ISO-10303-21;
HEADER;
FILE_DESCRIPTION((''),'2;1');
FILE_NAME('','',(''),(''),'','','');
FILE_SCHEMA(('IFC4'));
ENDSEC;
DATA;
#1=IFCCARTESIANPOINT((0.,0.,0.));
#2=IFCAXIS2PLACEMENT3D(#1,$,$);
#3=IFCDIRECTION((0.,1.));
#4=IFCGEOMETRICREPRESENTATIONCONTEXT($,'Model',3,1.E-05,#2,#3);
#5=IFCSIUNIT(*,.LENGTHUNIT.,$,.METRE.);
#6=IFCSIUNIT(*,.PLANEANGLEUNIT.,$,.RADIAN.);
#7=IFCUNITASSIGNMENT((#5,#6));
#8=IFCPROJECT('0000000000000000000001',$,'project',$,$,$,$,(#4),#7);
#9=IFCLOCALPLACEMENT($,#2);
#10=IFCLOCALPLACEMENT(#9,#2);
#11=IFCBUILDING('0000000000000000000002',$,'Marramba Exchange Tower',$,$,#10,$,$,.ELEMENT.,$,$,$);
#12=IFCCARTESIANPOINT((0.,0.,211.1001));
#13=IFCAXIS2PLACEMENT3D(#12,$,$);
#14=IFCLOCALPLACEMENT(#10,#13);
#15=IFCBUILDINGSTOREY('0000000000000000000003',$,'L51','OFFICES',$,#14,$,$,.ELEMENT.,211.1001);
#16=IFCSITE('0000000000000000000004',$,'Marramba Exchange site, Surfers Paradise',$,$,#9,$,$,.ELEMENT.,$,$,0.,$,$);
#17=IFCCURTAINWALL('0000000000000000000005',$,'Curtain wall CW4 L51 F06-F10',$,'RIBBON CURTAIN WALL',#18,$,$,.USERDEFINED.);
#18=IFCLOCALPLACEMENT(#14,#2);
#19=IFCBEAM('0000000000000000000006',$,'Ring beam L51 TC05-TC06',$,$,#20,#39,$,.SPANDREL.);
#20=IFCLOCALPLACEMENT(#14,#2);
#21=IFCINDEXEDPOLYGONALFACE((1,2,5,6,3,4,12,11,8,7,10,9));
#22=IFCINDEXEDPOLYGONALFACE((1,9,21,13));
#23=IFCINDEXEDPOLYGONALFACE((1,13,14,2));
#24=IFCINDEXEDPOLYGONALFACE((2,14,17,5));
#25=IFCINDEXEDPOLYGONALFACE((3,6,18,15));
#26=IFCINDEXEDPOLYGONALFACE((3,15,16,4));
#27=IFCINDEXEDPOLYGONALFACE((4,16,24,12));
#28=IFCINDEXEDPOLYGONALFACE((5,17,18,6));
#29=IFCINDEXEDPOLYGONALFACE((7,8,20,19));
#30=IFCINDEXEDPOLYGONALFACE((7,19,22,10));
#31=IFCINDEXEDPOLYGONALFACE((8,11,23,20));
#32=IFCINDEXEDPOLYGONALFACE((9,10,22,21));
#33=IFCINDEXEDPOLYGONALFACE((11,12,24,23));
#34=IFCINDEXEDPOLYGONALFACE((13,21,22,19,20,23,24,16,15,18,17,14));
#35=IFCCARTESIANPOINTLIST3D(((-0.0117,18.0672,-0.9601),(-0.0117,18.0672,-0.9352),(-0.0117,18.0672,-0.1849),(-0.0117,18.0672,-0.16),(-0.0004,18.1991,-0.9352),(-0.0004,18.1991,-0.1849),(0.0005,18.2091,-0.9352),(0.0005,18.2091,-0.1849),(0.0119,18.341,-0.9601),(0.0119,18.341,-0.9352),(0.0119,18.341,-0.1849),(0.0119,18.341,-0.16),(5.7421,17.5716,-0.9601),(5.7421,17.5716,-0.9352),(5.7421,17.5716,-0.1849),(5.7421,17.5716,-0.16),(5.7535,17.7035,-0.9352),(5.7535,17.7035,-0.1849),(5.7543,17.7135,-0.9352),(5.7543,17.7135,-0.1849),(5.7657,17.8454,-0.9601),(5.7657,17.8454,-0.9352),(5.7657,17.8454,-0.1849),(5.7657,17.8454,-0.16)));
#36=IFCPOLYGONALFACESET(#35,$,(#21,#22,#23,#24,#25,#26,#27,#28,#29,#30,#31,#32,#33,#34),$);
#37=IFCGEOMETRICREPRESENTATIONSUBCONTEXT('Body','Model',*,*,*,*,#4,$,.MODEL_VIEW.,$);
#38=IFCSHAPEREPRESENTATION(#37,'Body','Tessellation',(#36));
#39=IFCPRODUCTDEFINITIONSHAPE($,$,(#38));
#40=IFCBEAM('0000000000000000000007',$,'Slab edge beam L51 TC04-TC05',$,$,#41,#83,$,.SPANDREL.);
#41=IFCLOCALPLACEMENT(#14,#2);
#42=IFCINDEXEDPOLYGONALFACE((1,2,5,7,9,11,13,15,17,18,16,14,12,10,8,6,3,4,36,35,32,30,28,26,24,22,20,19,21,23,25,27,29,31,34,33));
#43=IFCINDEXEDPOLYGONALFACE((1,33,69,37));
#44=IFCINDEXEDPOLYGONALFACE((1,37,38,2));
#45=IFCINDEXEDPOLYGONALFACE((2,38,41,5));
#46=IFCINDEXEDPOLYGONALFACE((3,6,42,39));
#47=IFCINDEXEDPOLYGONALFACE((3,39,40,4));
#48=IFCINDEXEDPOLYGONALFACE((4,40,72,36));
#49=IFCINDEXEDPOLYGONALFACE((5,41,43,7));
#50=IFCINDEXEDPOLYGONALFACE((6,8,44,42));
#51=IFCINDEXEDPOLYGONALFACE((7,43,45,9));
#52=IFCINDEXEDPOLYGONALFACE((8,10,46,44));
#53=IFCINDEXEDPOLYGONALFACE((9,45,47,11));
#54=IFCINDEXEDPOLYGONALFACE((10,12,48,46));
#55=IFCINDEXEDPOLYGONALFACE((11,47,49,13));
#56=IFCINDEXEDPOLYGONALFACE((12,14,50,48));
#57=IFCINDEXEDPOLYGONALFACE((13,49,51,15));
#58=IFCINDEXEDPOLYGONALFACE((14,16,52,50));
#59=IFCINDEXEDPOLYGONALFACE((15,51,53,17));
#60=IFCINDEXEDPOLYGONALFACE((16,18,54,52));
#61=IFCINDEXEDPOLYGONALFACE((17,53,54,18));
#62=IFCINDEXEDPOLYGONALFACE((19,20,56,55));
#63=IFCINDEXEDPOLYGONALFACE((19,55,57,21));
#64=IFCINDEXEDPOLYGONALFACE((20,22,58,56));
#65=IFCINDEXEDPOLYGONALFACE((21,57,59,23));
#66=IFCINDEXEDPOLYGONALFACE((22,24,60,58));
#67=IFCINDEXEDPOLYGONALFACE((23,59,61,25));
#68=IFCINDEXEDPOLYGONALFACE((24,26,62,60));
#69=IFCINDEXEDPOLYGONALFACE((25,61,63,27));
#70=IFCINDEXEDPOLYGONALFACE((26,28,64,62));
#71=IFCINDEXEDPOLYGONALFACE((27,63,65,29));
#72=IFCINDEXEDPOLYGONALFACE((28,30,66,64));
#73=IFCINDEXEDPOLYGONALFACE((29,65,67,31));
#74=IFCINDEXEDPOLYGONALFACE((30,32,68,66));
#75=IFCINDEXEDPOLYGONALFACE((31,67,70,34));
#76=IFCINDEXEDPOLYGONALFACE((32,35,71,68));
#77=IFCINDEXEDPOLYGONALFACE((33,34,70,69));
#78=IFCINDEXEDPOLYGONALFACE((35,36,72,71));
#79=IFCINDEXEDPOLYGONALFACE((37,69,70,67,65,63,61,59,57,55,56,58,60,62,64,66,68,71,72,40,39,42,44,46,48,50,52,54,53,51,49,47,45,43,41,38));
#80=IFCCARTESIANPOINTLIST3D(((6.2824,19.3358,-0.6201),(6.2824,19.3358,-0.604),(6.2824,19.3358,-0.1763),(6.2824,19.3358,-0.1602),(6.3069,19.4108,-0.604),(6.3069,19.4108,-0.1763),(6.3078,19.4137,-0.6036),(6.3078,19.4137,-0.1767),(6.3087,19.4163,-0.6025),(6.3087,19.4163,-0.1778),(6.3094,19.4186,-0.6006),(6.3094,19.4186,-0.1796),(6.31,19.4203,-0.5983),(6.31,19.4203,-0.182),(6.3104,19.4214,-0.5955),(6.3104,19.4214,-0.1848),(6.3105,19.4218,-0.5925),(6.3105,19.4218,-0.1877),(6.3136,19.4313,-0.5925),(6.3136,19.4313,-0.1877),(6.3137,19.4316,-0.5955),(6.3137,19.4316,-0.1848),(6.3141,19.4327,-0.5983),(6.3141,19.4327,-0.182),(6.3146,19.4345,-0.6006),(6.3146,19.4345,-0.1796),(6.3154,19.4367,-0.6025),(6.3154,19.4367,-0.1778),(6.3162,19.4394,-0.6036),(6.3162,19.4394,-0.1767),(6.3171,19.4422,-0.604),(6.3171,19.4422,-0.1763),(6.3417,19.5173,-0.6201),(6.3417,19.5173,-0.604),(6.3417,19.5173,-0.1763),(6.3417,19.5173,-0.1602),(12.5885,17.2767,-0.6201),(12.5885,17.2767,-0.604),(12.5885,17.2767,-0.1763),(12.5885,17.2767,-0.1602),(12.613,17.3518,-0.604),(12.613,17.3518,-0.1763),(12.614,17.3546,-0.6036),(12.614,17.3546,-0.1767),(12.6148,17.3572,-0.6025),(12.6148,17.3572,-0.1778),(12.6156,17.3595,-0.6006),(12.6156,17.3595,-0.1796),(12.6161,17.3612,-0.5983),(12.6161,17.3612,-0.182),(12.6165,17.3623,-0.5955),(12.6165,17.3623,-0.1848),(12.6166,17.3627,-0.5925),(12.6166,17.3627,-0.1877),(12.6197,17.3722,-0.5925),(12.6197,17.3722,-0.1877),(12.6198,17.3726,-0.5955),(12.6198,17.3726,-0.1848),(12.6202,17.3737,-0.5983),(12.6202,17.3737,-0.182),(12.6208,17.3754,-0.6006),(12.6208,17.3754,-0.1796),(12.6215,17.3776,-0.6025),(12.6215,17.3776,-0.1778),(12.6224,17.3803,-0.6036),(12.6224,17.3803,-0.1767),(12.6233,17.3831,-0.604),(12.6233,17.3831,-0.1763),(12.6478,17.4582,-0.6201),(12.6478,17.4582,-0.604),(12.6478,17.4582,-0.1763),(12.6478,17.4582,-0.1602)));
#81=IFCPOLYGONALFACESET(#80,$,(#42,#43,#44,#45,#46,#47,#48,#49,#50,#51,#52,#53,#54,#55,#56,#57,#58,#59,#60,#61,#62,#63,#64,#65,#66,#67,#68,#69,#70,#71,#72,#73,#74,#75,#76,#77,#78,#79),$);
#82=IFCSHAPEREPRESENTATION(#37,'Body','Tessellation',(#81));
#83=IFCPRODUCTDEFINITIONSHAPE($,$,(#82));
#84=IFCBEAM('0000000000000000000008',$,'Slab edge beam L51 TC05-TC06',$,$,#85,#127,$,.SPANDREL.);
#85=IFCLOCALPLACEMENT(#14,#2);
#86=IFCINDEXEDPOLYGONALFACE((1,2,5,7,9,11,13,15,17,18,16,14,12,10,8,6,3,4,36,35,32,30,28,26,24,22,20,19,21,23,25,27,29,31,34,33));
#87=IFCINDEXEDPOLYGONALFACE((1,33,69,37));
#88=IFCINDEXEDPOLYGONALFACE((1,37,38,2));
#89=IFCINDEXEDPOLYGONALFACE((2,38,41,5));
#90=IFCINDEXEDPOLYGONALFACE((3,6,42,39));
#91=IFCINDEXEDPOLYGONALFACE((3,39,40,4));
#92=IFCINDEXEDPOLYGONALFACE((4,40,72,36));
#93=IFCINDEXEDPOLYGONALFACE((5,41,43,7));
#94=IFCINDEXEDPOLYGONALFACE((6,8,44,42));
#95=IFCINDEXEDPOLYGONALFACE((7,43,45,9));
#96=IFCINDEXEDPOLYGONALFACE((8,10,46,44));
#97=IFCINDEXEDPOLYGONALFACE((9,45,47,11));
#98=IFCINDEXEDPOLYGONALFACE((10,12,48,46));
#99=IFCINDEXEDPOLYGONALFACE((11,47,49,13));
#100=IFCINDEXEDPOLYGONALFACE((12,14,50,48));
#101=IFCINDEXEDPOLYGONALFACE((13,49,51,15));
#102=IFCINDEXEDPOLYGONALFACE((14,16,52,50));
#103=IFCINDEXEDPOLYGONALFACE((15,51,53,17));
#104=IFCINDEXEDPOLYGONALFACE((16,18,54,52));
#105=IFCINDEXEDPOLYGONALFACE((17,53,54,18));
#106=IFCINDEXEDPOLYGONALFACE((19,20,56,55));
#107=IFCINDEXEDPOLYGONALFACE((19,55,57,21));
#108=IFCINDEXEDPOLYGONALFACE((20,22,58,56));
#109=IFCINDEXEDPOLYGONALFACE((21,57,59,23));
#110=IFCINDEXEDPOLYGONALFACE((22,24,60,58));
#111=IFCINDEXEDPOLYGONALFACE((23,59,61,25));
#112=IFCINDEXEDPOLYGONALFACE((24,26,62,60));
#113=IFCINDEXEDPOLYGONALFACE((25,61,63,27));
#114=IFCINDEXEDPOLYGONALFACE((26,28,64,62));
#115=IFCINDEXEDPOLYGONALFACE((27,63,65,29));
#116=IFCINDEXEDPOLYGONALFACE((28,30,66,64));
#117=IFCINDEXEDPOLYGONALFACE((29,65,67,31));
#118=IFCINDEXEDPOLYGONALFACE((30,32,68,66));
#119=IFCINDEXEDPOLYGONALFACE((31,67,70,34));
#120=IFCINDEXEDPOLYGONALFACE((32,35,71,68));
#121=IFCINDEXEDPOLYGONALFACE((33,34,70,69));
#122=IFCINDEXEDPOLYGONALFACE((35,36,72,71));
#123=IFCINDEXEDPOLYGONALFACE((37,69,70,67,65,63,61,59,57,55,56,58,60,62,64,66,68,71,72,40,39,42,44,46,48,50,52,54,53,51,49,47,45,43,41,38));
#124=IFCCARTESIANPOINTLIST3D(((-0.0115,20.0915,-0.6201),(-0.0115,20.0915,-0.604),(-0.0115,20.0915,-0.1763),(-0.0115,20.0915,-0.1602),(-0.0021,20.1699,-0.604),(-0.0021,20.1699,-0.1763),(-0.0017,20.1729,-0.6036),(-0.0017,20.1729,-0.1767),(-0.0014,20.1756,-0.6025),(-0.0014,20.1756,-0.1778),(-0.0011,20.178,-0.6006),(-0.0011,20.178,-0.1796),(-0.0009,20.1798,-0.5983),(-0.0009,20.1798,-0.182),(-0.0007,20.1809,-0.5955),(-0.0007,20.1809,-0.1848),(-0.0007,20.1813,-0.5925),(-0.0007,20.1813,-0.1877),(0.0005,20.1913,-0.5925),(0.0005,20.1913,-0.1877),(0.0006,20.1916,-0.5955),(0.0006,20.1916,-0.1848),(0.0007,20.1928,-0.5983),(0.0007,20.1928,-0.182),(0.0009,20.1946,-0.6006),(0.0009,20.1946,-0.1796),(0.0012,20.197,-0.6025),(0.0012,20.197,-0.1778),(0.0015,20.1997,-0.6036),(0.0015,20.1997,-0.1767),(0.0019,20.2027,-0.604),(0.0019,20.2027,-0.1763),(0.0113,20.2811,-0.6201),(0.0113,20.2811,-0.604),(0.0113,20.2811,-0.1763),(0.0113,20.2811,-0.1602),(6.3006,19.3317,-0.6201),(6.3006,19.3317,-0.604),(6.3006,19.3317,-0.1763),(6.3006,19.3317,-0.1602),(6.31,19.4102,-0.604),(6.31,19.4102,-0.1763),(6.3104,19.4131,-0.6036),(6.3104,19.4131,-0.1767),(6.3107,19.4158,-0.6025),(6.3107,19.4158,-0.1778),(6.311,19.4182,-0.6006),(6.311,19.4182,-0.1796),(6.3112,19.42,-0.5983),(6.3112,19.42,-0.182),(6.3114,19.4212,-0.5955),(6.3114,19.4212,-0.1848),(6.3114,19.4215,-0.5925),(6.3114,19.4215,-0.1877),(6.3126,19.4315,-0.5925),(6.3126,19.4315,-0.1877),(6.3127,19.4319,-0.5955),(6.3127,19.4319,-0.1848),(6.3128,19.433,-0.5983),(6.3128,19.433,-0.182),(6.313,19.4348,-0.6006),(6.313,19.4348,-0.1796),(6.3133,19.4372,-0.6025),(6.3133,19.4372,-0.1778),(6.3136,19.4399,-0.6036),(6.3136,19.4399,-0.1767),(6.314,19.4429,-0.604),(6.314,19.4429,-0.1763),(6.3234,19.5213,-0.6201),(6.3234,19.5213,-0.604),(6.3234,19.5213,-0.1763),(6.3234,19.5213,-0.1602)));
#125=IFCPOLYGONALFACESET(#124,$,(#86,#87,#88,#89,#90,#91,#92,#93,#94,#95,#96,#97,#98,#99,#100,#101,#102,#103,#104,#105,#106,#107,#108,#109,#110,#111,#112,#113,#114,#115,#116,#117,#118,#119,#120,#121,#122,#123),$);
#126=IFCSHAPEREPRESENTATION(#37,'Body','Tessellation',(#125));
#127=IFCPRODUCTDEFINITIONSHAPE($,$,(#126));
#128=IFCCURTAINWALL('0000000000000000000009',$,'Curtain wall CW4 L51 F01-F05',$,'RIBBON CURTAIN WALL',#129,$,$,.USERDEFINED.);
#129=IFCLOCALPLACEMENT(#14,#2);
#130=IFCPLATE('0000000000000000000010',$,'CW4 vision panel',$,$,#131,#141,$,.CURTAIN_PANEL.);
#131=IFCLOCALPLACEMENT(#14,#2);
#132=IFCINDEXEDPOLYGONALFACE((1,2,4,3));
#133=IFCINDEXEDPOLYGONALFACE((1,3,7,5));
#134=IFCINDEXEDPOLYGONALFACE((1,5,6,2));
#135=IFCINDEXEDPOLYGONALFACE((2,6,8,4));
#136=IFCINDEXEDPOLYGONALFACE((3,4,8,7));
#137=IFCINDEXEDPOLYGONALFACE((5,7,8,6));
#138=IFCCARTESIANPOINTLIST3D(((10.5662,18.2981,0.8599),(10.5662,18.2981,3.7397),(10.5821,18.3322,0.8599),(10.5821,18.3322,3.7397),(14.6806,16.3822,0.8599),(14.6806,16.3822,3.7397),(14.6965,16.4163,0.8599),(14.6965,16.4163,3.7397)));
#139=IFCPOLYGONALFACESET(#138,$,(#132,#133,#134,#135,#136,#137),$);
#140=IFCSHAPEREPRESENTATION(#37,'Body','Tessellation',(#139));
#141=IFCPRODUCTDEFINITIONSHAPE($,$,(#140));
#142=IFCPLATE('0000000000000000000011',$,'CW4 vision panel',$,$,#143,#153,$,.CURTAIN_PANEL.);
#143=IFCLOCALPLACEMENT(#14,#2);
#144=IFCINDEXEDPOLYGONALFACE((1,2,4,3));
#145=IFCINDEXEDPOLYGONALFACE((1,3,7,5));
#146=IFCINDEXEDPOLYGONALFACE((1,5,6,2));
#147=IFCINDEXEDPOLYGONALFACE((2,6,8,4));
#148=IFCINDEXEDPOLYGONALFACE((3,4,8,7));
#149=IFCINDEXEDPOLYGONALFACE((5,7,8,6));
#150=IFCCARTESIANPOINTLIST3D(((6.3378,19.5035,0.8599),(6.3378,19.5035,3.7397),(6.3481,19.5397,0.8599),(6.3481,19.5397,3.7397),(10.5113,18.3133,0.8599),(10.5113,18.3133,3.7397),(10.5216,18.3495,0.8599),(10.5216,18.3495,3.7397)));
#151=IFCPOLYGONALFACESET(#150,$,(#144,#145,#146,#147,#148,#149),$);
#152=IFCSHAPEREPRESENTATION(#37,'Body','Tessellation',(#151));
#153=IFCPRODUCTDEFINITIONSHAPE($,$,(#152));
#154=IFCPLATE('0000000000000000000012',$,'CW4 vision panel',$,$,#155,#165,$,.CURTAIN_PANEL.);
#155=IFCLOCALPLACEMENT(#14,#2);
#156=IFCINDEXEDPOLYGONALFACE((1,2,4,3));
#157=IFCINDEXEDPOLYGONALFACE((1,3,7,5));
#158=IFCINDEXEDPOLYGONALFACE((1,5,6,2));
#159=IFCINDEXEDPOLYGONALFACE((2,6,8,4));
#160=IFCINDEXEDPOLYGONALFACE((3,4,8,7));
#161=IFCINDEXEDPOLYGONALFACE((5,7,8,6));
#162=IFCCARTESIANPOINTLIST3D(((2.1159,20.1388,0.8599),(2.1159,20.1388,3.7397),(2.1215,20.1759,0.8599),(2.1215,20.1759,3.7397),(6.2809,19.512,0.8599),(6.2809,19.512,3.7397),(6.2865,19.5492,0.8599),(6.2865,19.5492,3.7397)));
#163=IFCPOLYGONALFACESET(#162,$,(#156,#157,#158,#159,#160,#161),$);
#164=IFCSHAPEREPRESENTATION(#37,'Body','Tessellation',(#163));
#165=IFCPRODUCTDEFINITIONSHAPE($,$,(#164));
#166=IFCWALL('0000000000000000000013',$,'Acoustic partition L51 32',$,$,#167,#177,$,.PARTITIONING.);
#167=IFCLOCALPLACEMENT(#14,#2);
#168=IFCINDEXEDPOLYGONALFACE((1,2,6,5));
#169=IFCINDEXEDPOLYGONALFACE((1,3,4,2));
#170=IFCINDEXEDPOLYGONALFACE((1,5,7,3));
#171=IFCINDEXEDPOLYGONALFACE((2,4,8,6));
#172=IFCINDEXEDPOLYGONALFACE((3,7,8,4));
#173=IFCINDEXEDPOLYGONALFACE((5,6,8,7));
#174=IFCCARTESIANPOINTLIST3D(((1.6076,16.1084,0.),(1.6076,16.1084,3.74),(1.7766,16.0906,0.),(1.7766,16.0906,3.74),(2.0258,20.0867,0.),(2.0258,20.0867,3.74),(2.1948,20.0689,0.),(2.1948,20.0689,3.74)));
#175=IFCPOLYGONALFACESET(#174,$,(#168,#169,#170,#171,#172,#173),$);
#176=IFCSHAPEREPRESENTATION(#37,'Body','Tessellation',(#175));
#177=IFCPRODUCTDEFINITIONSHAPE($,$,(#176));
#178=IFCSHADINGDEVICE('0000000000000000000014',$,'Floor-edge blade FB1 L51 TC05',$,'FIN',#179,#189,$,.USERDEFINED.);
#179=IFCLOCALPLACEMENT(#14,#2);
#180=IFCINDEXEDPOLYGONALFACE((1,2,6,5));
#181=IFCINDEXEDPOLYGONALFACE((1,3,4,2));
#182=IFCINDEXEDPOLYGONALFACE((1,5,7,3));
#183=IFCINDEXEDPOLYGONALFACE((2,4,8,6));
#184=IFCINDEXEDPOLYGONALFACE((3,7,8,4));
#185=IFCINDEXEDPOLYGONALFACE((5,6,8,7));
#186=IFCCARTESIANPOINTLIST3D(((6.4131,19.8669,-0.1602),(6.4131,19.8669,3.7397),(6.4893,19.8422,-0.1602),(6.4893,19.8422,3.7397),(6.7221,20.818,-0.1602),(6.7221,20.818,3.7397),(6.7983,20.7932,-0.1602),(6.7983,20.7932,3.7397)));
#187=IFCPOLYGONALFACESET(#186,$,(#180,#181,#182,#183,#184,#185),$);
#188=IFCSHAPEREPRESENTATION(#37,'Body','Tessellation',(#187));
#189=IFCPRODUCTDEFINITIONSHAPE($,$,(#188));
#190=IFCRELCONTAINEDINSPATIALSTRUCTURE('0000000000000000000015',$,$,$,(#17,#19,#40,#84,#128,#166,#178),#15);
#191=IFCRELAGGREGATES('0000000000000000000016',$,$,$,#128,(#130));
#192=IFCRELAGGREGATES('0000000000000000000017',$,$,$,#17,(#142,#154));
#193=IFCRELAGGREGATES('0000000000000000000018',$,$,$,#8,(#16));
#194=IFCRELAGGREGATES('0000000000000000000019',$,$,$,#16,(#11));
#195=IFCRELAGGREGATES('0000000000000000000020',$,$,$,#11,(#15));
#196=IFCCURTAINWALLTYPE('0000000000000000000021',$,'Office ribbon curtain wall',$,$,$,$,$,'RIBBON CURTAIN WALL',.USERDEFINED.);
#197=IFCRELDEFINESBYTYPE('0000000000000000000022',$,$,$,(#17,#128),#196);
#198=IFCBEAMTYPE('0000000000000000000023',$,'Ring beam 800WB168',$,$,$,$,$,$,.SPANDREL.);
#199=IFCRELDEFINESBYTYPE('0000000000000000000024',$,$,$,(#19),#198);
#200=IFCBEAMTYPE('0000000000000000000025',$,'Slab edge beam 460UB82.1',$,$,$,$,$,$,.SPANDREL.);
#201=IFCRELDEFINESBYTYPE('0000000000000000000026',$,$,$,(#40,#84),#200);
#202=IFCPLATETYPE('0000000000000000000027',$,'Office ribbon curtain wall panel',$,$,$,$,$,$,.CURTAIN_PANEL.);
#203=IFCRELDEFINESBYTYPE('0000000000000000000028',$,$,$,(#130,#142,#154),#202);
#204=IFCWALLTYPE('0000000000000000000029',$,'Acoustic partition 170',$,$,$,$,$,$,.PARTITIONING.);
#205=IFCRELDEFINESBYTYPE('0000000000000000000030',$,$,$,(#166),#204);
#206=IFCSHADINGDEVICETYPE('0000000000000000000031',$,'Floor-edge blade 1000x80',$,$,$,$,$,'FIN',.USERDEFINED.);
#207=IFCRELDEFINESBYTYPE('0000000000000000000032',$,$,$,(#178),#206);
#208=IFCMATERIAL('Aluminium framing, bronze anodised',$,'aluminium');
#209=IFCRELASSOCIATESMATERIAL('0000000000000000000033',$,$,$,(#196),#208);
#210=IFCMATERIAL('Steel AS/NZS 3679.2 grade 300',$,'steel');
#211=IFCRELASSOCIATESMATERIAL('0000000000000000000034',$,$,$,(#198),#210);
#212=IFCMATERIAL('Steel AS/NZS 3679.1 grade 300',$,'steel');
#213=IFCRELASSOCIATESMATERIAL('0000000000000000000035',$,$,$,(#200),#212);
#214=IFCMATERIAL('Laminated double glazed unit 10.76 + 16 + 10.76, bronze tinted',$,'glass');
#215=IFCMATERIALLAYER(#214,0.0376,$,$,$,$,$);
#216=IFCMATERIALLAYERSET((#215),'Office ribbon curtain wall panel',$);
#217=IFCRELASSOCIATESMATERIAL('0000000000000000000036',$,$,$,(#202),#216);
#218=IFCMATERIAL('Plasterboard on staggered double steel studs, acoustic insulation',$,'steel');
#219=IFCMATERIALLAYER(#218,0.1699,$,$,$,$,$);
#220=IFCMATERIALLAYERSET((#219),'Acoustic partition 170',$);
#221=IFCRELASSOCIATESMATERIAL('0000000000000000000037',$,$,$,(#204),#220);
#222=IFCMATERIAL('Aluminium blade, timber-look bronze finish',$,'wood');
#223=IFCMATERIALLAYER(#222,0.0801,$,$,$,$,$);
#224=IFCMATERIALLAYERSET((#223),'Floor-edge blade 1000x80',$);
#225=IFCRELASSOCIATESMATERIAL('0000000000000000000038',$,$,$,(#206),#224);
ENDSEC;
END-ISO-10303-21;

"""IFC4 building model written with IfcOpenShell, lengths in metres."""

from ifc_helpers import new_model, si_unit, direction, frame, frame_2d, origin, origin_2d, place, context, subcontext, project, spatial, rectangle, i_section, extrude, material, layer, layer_set, material_profile, profile_set, type_object, element, aggregate, save


model = new_model("IFC4")

# Units and contexts
model_context = context("Model", 3, precision=1e-05, world=origin(), true_north=direction((0.0, 1.0)))
body_context = subcontext(model_context, "Body", "Model", "MODEL_VIEW")
ifc_project = project(units=[si_unit("LENGTHUNIT", "METRE"), si_unit("PLANEANGLEUNIT", "RADIAN")], contexts=[model_context])

# Site, building, storey
site_placement = place(None, origin())
site = spatial("IfcSite", under=ifc_project, at=site_placement, Name="Marramba Exchange site, Surfers Paradise", CompositionType="ELEMENT", RefElevation=0.0)
building_placement = place(site_placement, origin())
building = spatial("IfcBuilding", under=site, at=building_placement, Name="Marramba Exchange Tower", CompositionType="ELEMENT")
storey_placement = place(building_placement, frame((0.0, 0.0, 211.1001)))
storey = spatial("IfcBuildingStorey", under=building, at=storey_placement, Name="L51", Description="OFFICES", CompositionType="ELEMENT", Elevation=211.1001)

# Shared definitions
ifc_material_1 = material(Name="Steel AS/NZS 3679.2 grade 300", Category="steel")

# Curtain wall
ifc_material_2 = material(Name="Aluminium framing, bronze anodised", Category="aluminium")
curtain_wall_type = type_object("IfcCurtainWallType", Name="Office ribbon curtain wall", ElementType="RIBBON CURTAIN WALL", PredefinedType="USERDEFINED", material=ifc_material_2)
curtain_wall_1_placement = place(storey_placement, origin())
curtain_wall_1 = element("IfcCurtainWall", 1, at=curtain_wall_1_placement, inside=storey, type_object=curtain_wall_type, Name="Curtain wall CW4 L51 F06-F10", ObjectType="RIBBON CURTAIN WALL", PredefinedType="USERDEFINED")

# Beams
ifc_material_profile_1 = material_profile(ifc_material_1, i_section(OverallWidth=0.2749, OverallDepth=0.8, WebThickness=0.01, FlangeThickness=0.0249, at=origin_2d()), Name="800WB168")
ifc_profile_set_1 = profile_set([ifc_material_profile_1], Name="Steel AS/NZS 3679.2 grade 300")
beam_type_1 = type_object("IfcBeamType", Name="Ring beam 800WB168", PredefinedType="SPANDREL", material=ifc_profile_set_1)
beam_1_placement = place(storey_placement, frame((5.7539, 17.7085, -0.5601), z_axis=(-0.996311, 0.085816, 0.0), x_axis=(-0.085816, -0.996311, 0.0)))
element("IfcBeam", 2, at=beam_1_placement, inside=storey, type_object=beam_type_1, Name="Ring beam L51 TC05-TC06", PredefinedType="SPANDREL", context=body_context, shape_type="SweptSolid", body=[
    extrude(i_section(OverallWidth=0.2749, OverallDepth=0.8, WebThickness=0.01, FlangeThickness=0.0249, at=origin_2d()), origin(), (0.0, 0.0, 1.0), 5.7751),
])
ifc_material_3 = material(Name="Steel AS/NZS 3679.1 grade 300", Category="steel")
ifc_material_profile_2 = material_profile(ifc_material_3, i_section(OverallWidth=0.1909, OverallDepth=0.46, WebThickness=0.01, FlangeThickness=0.0161, FilletRadius=0.0115, at=origin_2d()), Name="460UB82.1")
ifc_profile_set_2 = profile_set([ifc_material_profile_2], Name="Steel AS/NZS 3679.1 grade 300")
beam_type_2 = type_object("IfcBeamType", Name="Slab edge beam 460UB82.1", PredefinedType="SPANDREL", material=ifc_profile_set_2)
beam_2_placement = place(storey_placement, frame((12.6182, 17.3674, -0.3901), z_axis=(-0.950609, 0.310392, 0.0), x_axis=(-0.310392, -0.950609, 0.0)))
element("IfcBeam", 3, at=beam_2_placement, inside=storey, type_object=beam_type_2, Name="Slab edge beam L51 TC04-TC05", PredefinedType="SPANDREL", context=body_context, shape_type="SweptSolid", body=[
    extrude(i_section(OverallWidth=0.1909, OverallDepth=0.46, WebThickness=0.01, FlangeThickness=0.0161, FilletRadius=0.0115, at=origin_2d()), origin(), (0.0, 0.0, 1.0), 6.6338),
])
beam_3_placement = place(storey_placement, frame((6.312, 19.4265, -0.3901), z_axis=(-0.992834, 0.119506, 0.0), x_axis=(-0.119506, -0.992834, 0.0)))
element("IfcBeam", 4, at=beam_3_placement, inside=storey, type_object=beam_type_2, Name="Slab edge beam L51 TC05-TC06", PredefinedType="SPANDREL", context=body_context, shape_type="SweptSolid", body=[
    extrude(i_section(OverallWidth=0.1909, OverallDepth=0.46, WebThickness=0.01, FlangeThickness=0.0161, FilletRadius=0.0115, at=origin_2d()), origin(), (0.0, 0.0, 1.0), 6.3577),
])

# Curtain wall, plate
curtain_wall_2_placement = place(storey_placement, origin())
curtain_wall_2 = element("IfcCurtainWall", 5, at=curtain_wall_2_placement, inside=storey, type_object=curtain_wall_type, Name="Curtain wall CW4 L51 F01-F05", ObjectType="RIBBON CURTAIN WALL", PredefinedType="USERDEFINED")
ifc_material_4 = material(Name="Laminated double glazed unit 10.76 + 16 + 10.76, bronze tinted", Category="glass")
ifc_layer_1 = layer(ifc_material_4, 0.0376)
ifc_layer_set_1 = layer_set([ifc_layer_1], Name="Office ribbon curtain wall panel")
plate_type = type_object("IfcPlateType", Name="Office ribbon curtain wall panel", PredefinedType="CURTAIN_PANEL", material=ifc_layer_set_1)
plate_1_placement = place(storey_placement, frame((12.6313, 17.3572, 0.8599), z_axis=(0.0, 0.0, 1.0), x_axis=(-0.906534, 0.422133, 0.0)))
plate_1 = element("IfcPlate", 6, at=plate_1_placement, type_object=plate_type, Name="CW4 vision panel", PredefinedType="CURTAIN_PANEL", context=body_context, shape_type="SweptSolid", body=[
    extrude(rectangle(XDim=4.5386, YDim=0.0376, at=origin_2d()), origin(), (0.0, 0.0, 1.0), 2.8799),
])
aggregate(curtain_wall_2, [plate_1])

# Plates
plate_2_placement = place(storey_placement, frame((8.4297, 18.9265, 0.8599), z_axis=(0.0, 0.0, 1.0), x_axis=(-0.961659, 0.274248, 0.0)))
plate_2 = element("IfcPlate", 7, at=plate_2_placement, type_object=plate_type, Name="CW4 vision panel", PredefinedType="CURTAIN_PANEL", context=body_context, shape_type="SweptSolid", body=[
    extrude(rectangle(XDim=4.3398, YDim=0.0376, at=origin_2d()), origin(), (0.0, 0.0, 1.0), 2.8799),
])
plate_3_placement = place(storey_placement, frame((4.2012, 19.844, 0.8599), z_axis=(0.0, 0.0, 1.0), x_axis=(-0.988868, 0.148795, 0.0)))
plate_3 = element("IfcPlate", 8, at=plate_3_placement, type_object=plate_type, Name="CW4 vision panel", PredefinedType="CURTAIN_PANEL", context=body_context, shape_type="SweptSolid", body=[
    extrude(rectangle(XDim=4.2119, YDim=0.0376, at=origin_2d()), origin(), (0.0, 0.0, 1.0), 2.8799),
])
aggregate(curtain_wall_1, [plate_2, plate_3])

# Wall
ifc_material_5 = material(Name="Plasterboard on staggered double steel studs, acoustic insulation", Category="steel")
ifc_layer_2 = layer(ifc_material_5, 0.1699)
ifc_layer_set_2 = layer_set([ifc_layer_2], Name="Acoustic partition 170")
wall_type = type_object("IfcWallType", Name="Acoustic partition 170", PredefinedType="PARTITIONING", material=ifc_layer_set_2)
wall_placement = place(storey_placement, frame((1.6921, 16.0996, 0.0), z_axis=(0.0, 0.0, 1.0), x_axis=(0.104548, 0.99452, 0.0)))
element("IfcWall", 9, at=wall_placement, inside=storey, type_object=wall_type, Name="Acoustic partition L51 32", PredefinedType="PARTITIONING", context=body_context, shape_type="SweptSolid", body=[
    extrude(rectangle(XDim=4.0002, YDim=0.1699, at=frame_2d((2.0, 0.0))), origin(), (0.0, 0.0, 1.0), 3.74),
])

# Shading device
ifc_material_6 = material(Name="Aluminium blade, timber-look bronze finish", Category="wood")
ifc_layer_3 = layer(ifc_material_6, 0.0801)
ifc_layer_set_3 = layer_set([ifc_layer_3], Name="Floor-edge blade 1000x80")
shading_device_type_1 = type_object("IfcShadingDeviceType", Name="Floor-edge blade 1000x80", ElementType="FIN", PredefinedType="USERDEFINED", material=ifc_layer_set_3)
for number, where, z_axis, x_axis, name in (
    (10, (6.6057, 20.3301, -0.1602), (0.0, 0.0, 1.0), (0.309017, 0.951057, 0.0), "Floor-edge blade FB1 L51 TC05"),
):
    element("IfcShadingDevice", number, at=place(storey_placement, frame(where, z_axis=z_axis, x_axis=x_axis)), inside=storey, type_object=shading_device_type_1, Name=name, ObjectType="FIN", PredefinedType="USERDEFINED", context=body_context, shape_type="SweptSolid", body=[
        extrude(rectangle(XDim=1.0, YDim=0.0801, at=origin_2d()), origin(), (0.0, 0.0, 1.0), 3.8999),
    ])

save(model, "model.ifc")
